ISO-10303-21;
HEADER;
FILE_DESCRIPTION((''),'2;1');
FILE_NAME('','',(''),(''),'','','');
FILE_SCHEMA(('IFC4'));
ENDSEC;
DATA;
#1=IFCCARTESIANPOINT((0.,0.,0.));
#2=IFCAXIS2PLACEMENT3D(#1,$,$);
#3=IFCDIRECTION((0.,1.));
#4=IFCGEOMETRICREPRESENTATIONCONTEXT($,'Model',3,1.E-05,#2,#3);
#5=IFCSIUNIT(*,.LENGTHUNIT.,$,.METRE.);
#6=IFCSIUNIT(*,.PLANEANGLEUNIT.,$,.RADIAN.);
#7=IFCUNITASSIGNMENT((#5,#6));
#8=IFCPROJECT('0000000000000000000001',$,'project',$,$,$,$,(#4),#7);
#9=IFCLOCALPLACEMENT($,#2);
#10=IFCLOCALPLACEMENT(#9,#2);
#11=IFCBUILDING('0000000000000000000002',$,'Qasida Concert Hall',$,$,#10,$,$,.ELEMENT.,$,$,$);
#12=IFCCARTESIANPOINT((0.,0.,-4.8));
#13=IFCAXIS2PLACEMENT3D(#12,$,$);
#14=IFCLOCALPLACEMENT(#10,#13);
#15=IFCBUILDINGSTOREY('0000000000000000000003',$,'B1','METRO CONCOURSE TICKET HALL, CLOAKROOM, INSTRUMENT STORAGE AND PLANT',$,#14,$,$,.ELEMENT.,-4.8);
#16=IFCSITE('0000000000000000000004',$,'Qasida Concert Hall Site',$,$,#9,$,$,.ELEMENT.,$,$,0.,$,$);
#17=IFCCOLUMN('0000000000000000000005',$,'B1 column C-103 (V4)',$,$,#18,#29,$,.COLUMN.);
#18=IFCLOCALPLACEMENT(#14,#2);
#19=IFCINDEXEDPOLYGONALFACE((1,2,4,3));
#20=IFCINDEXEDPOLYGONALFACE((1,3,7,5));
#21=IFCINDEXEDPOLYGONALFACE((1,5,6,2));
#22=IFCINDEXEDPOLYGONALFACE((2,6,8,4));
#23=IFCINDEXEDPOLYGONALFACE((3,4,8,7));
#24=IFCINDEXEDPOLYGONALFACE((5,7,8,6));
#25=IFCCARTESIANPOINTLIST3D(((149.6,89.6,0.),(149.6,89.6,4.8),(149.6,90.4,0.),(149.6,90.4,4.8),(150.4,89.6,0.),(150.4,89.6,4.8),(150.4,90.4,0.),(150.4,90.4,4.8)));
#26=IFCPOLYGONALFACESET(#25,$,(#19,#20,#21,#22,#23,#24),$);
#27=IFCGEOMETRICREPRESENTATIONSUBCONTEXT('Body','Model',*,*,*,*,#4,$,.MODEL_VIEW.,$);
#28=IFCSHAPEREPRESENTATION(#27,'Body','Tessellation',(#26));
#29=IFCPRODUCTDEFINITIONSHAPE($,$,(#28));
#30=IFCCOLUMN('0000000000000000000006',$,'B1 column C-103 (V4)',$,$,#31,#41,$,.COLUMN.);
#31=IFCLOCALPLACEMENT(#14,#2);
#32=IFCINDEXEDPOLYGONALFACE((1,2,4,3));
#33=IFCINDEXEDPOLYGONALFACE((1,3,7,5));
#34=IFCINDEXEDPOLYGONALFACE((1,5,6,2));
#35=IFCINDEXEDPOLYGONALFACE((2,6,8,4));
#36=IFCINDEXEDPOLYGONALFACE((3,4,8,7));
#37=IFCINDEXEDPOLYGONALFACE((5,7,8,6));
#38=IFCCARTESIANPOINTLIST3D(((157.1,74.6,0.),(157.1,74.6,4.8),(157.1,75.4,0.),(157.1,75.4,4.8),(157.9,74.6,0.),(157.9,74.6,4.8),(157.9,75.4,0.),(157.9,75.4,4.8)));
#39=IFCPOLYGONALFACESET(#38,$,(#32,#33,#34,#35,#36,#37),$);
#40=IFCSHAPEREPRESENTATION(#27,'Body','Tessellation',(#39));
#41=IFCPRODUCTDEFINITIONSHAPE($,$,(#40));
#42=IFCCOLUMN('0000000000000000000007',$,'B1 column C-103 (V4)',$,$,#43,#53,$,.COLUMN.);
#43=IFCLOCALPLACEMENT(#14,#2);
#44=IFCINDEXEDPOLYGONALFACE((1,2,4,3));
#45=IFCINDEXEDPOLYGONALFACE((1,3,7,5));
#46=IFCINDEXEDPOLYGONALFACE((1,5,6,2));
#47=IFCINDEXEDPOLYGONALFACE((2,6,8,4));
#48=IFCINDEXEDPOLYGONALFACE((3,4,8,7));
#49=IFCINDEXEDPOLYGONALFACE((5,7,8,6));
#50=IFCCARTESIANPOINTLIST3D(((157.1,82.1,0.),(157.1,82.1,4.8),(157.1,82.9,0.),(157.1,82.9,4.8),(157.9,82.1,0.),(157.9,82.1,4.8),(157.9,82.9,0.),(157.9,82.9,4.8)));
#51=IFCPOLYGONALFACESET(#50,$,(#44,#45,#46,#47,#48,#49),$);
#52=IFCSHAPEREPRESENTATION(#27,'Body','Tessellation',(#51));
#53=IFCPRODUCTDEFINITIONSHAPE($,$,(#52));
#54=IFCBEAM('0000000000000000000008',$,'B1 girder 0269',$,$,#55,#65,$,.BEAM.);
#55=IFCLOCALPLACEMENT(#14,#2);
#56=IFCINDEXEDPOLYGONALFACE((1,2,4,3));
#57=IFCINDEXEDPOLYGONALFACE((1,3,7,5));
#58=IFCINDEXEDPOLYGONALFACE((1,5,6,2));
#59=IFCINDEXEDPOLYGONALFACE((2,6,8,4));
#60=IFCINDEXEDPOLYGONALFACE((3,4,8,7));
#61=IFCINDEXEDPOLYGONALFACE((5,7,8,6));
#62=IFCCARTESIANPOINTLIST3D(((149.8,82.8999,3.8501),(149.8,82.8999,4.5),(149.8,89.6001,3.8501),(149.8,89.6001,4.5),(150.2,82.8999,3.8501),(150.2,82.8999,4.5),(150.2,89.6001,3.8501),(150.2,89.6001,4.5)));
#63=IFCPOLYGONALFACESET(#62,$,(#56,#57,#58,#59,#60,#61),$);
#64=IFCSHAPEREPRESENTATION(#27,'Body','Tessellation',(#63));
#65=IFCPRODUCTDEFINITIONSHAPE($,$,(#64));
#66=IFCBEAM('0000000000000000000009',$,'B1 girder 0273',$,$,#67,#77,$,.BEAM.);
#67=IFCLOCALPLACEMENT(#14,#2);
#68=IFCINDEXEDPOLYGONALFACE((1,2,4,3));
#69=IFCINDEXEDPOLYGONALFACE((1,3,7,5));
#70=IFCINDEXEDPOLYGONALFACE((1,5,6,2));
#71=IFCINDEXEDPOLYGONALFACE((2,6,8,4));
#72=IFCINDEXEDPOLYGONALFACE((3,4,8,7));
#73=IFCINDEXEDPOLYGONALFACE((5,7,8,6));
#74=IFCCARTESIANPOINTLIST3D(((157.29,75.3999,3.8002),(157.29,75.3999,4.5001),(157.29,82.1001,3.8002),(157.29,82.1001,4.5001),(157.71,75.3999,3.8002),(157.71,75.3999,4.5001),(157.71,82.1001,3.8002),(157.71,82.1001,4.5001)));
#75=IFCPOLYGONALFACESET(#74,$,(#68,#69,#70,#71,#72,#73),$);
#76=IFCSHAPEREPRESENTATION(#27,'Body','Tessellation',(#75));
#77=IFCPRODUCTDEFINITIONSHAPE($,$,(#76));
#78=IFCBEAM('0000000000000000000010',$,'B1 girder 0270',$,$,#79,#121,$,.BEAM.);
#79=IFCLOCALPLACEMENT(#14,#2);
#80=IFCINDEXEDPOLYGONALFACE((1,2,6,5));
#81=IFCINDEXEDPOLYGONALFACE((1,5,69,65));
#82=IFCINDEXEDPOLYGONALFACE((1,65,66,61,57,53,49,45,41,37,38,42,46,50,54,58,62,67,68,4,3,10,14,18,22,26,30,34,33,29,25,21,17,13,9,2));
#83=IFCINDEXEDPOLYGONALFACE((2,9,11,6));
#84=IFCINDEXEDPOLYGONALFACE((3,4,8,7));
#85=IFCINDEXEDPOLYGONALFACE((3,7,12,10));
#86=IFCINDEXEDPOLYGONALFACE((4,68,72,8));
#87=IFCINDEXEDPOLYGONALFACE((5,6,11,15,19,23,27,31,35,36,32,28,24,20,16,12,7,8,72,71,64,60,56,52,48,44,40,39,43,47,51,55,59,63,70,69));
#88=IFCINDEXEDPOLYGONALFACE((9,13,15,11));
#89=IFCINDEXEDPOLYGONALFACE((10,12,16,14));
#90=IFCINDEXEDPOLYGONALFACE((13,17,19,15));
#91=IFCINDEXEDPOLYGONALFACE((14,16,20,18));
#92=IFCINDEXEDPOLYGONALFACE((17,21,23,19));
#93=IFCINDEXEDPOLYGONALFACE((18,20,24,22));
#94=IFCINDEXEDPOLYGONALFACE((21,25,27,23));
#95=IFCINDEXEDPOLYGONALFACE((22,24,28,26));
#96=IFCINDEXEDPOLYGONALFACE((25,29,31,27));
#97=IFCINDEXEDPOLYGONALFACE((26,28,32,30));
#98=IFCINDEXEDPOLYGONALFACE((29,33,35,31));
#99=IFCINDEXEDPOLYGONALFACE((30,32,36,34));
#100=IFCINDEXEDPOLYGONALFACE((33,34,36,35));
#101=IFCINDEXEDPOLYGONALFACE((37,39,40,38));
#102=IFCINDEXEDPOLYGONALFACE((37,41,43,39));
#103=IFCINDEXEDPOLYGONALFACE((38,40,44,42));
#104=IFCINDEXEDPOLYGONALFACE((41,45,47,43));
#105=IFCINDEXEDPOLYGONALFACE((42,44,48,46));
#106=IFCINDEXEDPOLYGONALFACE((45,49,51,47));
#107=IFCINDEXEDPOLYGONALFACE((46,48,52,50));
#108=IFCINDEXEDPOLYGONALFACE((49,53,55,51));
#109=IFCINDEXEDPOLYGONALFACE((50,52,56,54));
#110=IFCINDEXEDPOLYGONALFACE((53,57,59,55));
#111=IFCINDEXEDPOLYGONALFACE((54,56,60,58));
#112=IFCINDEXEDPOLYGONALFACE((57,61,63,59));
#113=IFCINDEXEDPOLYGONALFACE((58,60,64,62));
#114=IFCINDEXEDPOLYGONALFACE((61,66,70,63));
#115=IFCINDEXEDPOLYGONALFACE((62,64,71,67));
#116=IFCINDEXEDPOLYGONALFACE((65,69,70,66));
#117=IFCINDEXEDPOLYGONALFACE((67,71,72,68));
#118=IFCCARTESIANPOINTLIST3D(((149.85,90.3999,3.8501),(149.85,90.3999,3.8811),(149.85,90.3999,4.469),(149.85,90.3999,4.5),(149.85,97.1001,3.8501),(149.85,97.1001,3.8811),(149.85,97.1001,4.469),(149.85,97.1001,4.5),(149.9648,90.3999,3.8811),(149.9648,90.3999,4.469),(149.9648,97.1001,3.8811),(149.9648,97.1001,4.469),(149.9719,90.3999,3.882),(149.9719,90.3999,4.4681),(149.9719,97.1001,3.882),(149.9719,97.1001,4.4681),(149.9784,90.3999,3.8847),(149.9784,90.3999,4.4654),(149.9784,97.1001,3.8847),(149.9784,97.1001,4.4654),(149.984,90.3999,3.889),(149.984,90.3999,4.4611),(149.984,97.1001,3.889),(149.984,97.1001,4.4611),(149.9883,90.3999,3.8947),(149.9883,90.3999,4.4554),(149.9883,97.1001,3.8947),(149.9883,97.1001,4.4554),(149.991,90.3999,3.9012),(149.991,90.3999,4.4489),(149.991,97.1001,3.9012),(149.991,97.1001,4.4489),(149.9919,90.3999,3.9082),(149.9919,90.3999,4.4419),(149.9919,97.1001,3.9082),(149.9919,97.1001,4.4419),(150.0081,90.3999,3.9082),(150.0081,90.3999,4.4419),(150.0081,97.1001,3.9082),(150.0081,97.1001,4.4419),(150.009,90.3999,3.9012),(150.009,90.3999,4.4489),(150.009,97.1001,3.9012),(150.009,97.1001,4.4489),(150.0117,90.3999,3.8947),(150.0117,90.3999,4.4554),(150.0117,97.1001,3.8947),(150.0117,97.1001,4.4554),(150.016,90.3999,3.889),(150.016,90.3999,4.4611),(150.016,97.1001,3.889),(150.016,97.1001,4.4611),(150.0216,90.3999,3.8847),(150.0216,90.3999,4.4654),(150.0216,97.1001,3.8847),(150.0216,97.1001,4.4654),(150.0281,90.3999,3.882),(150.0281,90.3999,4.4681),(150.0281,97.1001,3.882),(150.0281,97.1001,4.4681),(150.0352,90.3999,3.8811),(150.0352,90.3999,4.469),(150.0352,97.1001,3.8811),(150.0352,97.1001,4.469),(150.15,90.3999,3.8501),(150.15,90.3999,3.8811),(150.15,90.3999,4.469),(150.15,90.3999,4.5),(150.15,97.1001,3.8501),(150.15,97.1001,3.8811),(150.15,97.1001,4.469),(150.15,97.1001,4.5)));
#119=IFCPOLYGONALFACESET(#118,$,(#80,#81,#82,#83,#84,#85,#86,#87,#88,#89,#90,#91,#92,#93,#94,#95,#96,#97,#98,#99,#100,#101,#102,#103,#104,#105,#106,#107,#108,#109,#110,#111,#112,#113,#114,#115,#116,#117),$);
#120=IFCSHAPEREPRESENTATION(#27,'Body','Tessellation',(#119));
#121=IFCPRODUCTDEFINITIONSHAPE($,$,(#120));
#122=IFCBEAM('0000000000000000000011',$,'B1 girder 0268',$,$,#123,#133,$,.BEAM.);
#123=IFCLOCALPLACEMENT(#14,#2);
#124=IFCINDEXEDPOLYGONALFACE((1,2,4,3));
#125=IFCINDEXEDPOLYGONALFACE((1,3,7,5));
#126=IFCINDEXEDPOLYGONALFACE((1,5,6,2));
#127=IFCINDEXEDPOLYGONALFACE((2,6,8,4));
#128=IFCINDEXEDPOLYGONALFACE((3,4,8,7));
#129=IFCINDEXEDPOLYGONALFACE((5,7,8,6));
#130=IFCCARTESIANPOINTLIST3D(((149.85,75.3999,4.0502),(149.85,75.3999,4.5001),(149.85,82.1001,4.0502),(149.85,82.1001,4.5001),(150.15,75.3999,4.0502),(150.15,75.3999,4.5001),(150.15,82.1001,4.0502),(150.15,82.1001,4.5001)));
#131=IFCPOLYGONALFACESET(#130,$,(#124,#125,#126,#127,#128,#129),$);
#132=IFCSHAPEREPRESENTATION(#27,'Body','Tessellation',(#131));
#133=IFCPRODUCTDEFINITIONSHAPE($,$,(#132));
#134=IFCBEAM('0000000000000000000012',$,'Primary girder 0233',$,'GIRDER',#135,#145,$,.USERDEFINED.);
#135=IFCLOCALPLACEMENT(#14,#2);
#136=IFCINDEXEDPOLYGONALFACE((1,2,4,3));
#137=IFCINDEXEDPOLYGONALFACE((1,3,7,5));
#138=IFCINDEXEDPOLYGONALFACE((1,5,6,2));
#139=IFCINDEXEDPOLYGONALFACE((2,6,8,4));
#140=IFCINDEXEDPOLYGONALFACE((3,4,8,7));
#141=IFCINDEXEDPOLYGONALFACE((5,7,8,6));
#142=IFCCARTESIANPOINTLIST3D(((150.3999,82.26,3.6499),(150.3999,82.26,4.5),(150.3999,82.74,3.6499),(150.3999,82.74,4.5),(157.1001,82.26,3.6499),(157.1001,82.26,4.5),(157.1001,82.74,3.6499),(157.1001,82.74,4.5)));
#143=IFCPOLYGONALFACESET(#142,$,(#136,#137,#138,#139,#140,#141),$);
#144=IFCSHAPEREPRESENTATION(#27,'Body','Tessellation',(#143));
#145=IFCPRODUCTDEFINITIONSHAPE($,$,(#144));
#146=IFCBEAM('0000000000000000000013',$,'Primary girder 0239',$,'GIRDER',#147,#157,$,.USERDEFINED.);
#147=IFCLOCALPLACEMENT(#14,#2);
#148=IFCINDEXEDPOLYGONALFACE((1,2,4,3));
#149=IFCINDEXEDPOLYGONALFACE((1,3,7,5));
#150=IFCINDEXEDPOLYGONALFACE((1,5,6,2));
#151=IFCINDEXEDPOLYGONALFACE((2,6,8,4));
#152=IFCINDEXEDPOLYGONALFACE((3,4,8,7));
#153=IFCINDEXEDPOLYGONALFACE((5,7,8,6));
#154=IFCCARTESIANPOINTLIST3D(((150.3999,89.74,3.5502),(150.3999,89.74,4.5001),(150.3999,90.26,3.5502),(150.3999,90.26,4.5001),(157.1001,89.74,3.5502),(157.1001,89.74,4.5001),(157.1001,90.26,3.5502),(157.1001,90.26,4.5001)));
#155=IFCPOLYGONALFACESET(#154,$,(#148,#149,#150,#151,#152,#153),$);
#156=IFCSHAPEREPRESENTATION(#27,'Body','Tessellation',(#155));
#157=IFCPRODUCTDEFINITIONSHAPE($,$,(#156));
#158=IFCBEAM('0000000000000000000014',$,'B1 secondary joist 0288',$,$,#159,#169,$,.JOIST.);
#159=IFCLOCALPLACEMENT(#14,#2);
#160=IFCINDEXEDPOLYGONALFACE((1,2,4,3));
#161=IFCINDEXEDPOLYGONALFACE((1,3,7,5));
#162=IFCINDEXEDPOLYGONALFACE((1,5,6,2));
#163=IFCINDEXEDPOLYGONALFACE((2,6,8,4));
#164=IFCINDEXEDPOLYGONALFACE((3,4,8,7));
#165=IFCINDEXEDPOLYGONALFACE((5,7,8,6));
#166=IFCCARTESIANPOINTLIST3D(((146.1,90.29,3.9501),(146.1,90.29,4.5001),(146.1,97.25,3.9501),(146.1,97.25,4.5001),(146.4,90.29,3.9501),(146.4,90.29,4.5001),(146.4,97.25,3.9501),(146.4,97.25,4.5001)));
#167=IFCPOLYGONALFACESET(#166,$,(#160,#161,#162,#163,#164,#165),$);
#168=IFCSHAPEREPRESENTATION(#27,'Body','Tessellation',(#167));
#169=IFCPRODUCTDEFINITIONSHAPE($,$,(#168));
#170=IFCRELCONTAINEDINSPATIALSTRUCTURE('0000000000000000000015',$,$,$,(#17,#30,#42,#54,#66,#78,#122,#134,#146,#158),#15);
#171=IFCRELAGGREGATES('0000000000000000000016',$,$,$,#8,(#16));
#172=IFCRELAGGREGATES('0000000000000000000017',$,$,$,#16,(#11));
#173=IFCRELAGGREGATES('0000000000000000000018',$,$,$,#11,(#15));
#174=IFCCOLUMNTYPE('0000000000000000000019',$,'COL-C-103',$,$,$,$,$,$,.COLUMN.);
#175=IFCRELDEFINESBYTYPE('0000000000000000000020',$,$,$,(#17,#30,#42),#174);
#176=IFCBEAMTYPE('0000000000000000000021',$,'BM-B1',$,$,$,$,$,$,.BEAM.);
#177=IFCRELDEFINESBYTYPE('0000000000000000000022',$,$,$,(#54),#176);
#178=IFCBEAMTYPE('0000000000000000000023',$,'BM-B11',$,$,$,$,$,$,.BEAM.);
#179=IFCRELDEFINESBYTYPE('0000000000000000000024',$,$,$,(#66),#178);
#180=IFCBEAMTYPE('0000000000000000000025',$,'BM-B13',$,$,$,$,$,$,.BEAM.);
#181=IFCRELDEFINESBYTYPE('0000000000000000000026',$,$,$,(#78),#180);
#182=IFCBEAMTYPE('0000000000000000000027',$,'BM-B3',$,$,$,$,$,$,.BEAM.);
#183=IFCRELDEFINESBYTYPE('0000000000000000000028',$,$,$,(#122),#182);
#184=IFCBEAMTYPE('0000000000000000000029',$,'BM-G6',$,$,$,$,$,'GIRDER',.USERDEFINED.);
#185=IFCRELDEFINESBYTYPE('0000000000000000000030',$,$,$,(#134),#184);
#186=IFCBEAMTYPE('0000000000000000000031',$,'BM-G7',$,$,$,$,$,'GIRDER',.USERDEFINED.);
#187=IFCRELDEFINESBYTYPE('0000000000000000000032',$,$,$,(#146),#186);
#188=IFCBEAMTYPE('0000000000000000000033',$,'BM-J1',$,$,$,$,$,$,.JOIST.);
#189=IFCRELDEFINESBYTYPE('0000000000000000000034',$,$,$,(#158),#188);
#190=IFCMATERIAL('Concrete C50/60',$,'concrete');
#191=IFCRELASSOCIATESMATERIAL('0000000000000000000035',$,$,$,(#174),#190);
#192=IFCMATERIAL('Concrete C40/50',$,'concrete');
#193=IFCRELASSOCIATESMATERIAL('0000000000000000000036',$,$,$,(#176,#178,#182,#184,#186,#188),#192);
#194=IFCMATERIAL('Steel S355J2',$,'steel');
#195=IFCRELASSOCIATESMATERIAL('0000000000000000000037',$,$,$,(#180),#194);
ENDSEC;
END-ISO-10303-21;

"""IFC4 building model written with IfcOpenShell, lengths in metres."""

from ifc_helpers import new_model, si_unit, direction, frame, origin, origin_2d, place, context, subcontext, project, spatial, rectangle, i_section, extrude, material, material_profile, profile_set, type_object, element, save


model = new_model("IFC4")

# Units and contexts
model_context = context("Model", 3, precision=1e-05, world=origin(), true_north=direction((0.0, 1.0)))
body_context = subcontext(model_context, "Body", "Model", "MODEL_VIEW")
ifc_project = project(units=[si_unit("LENGTHUNIT", "METRE"), si_unit("PLANEANGLEUNIT", "RADIAN")], contexts=[model_context])

# Site, building, storey
site_placement = place(None, origin())
site = spatial("IfcSite", under=ifc_project, at=site_placement, Name="Qasida Concert Hall Site", CompositionType="ELEMENT", RefElevation=0.0)
building_placement = place(site_placement, origin())
building = spatial("IfcBuilding", under=site, at=building_placement, Name="Qasida Concert Hall", CompositionType="ELEMENT")
storey_placement = place(building_placement, frame((0.0, 0.0, -4.8)))
storey = spatial("IfcBuildingStorey", under=building, at=storey_placement, Name="B1", Description="METRO CONCOURSE TICKET HALL, CLOAKROOM, INSTRUMENT STORAGE AND PLANT", CompositionType="ELEMENT", Elevation=-4.8)

# Shared definitions
ifc_material_1 = material(Name="Concrete C40/50", Category="concrete")

# Columns
ifc_material_2 = material(Name="Concrete C50/60", Category="concrete")
ifc_material_profile_1 = material_profile(ifc_material_2, rectangle(XDim=0.8, YDim=0.8, at=origin_2d()), Name="RC 800x800")
ifc_profile_set_1 = profile_set([ifc_material_profile_1], Name="Concrete C50/60")
column_type = type_object("IfcColumnType", Name="COL-C-103", PredefinedType="COLUMN", material=ifc_profile_set_1)
for number, where, z_axis, x_axis, name in (
    (1, (150.0, 90.0, 0.0), (0.0, 0.0, 1.0), (1.0, 0.0, 0.0), "B1 column C-103 (V4)"),
    (2, (157.5, 75.0, 0.0), (0.0, 0.0, 1.0), (1.0, 0.0, 0.0), "B1 column C-103 (V4)"),
    (3, (157.5, 82.5, 0.0), (0.0, 0.0, 1.0), (1.0, 0.0, 0.0), "B1 column C-103 (V4)"),
):
    element("IfcColumn", number, at=place(storey_placement, frame(where, z_axis=z_axis, x_axis=x_axis)), inside=storey, type_object=column_type, Name=name, PredefinedType="COLUMN", context=body_context, shape_type="SweptSolid", body=[
        extrude(rectangle(XDim=0.8, YDim=0.8, at=origin_2d()), origin(), (0.0, 0.0, 1.0), 4.8),
    ])

# Beams
ifc_material_profile_2 = material_profile(ifc_material_1, rectangle(XDim=0.3999, YDim=0.6499, at=origin_2d()), Name="RC 400x650")
ifc_profile_set_2 = profile_set([ifc_material_profile_2], Name="Concrete C40/50")
beam_type_1 = type_object("IfcBeamType", Name="BM-B1", PredefinedType="BEAM", material=ifc_profile_set_2)
beam_1_placement = place(storey_placement, frame((150.0, 82.8999, 4.175), z_axis=(0.0, 1.0, 0.0), x_axis=(-1.0, 0.0, 0.0)))
element("IfcBeam", 4, at=beam_1_placement, inside=storey, type_object=beam_type_1, Name="B1 girder 0269", PredefinedType="BEAM", context=body_context, shape_type="SweptSolid", body=[
    extrude(rectangle(XDim=0.3999, YDim=0.6499, at=origin_2d()), origin(), (0.0, 0.0, 1.0), 6.7002),
])
ifc_material_profile_3 = material_profile(ifc_material_1, rectangle(XDim=0.4199, YDim=0.7, at=origin_2d()), Name="RC 420x700")
ifc_profile_set_3 = profile_set([ifc_material_profile_3], Name="Concrete C40/50")
beam_type_2 = type_object("IfcBeamType", Name="BM-B11", PredefinedType="BEAM", material=ifc_profile_set_3)
beam_2_placement = place(storey_placement, frame((157.5, 75.3999, 4.1501), z_axis=(0.0, 1.0, 0.0), x_axis=(-1.0, 0.0, 0.0)))
element("IfcBeam", 5, at=beam_2_placement, inside=storey, type_object=beam_type_2, Name="B1 girder 0273", PredefinedType="BEAM", context=body_context, shape_type="SweptSolid", body=[
    extrude(rectangle(XDim=0.4199, YDim=0.7, at=origin_2d()), origin(), (0.0, 0.0, 1.0), 6.7002),
])
ifc_material_3 = material(Name="Steel S355J2", Category="steel")
ifc_material_profile_4 = material_profile(ifc_material_3, i_section(OverallWidth=0.3, OverallDepth=0.6499, WebThickness=0.0161, FlangeThickness=0.031, FilletRadius=0.0271, at=origin_2d()), Name="HEB 650")
ifc_profile_set_4 = profile_set([ifc_material_profile_4], Name="Steel S355J2")
beam_type_3 = type_object("IfcBeamType", Name="BM-B13", PredefinedType="BEAM", material=ifc_profile_set_4)
beam_3_placement = place(storey_placement, frame((150.0, 90.3999, 4.175), z_axis=(0.0, 1.0, 0.0), x_axis=(-1.0, 0.0, 0.0)))
element("IfcBeam", 6, at=beam_3_placement, inside=storey, type_object=beam_type_3, Name="B1 girder 0270", PredefinedType="BEAM", context=body_context, shape_type="SweptSolid", body=[
    extrude(i_section(OverallWidth=0.3, OverallDepth=0.6499, WebThickness=0.0161, FlangeThickness=0.031, FilletRadius=0.0271, at=origin_2d()), origin(), (0.0, 0.0, 1.0), 6.7002),
])
ifc_material_profile_5 = material_profile(ifc_material_1, rectangle(XDim=0.3, YDim=0.45, at=origin_2d()), Name="RC 300x450")
ifc_profile_set_5 = profile_set([ifc_material_profile_5], Name="Concrete C40/50")
beam_type_4 = type_object("IfcBeamType", Name="BM-B3", PredefinedType="BEAM", material=ifc_profile_set_5)
beam_4_placement = place(storey_placement, frame((150.0, 75.3999, 4.2751), z_axis=(0.0, 1.0, 0.0), x_axis=(-1.0, 0.0, 0.0)))
element("IfcBeam", 7, at=beam_4_placement, inside=storey, type_object=beam_type_4, Name="B1 girder 0268", PredefinedType="BEAM", context=body_context, shape_type="SweptSolid", body=[
    extrude(rectangle(XDim=0.3, YDim=0.45, at=origin_2d()), origin(), (0.0, 0.0, 1.0), 6.7002),
])
ifc_material_profile_6 = material_profile(ifc_material_1, rectangle(XDim=0.48, YDim=0.8501, at=origin_2d()), Name="RC 480x850")
ifc_profile_set_6 = profile_set([ifc_material_profile_6], Name="Concrete C40/50")
beam_type_5 = type_object("IfcBeamType", Name="BM-G6", ElementType="GIRDER", PredefinedType="USERDEFINED", material=ifc_profile_set_6)
beam_5_placement = place(storey_placement, frame((150.3999, 82.5, 4.075), z_axis=(1.0, 0.0, 0.0), x_axis=(0.0, 1.0, 0.0)))
element("IfcBeam", 8, at=beam_5_placement, inside=storey, type_object=beam_type_5, Name="Primary girder 0233", ObjectType="GIRDER", PredefinedType="USERDEFINED", context=body_context, shape_type="SweptSolid", body=[
    extrude(rectangle(XDim=0.48, YDim=0.8501, at=origin_2d()), origin(), (0.0, 0.0, 1.0), 6.7002),
])
ifc_material_profile_7 = material_profile(ifc_material_1, rectangle(XDim=0.52, YDim=0.95, at=origin_2d()), Name="RC 520x950")
ifc_profile_set_7 = profile_set([ifc_material_profile_7], Name="Concrete C40/50")
beam_type_6 = type_object("IfcBeamType", Name="BM-G7", ElementType="GIRDER", PredefinedType="USERDEFINED", material=ifc_profile_set_7)
beam_6_placement = place(storey_placement, frame((150.3999, 90.0, 4.0251), z_axis=(1.0, 0.0, 0.0), x_axis=(0.0, 1.0, 0.0)))
element("IfcBeam", 9, at=beam_6_placement, inside=storey, type_object=beam_type_6, Name="Primary girder 0239", ObjectType="GIRDER", PredefinedType="USERDEFINED", context=body_context, shape_type="SweptSolid", body=[
    extrude(rectangle(XDim=0.52, YDim=0.95, at=origin_2d()), origin(), (0.0, 0.0, 1.0), 6.7002),
])
ifc_material_profile_8 = material_profile(ifc_material_1, rectangle(XDim=0.3, YDim=0.55, at=origin_2d()), Name="RC 300x550")
ifc_profile_set_8 = profile_set([ifc_material_profile_8], Name="Concrete C40/50")
beam_type_7 = type_object("IfcBeamType", Name="BM-J1", PredefinedType="JOIST", material=ifc_profile_set_8)
beam_7_placement = place(storey_placement, frame((146.25, 90.29, 4.2251), z_axis=(0.0, 1.0, 0.0), x_axis=(-1.0, 0.0, 0.0)))
element("IfcBeam", 10, at=beam_7_placement, inside=storey, type_object=beam_type_7, Name="B1 secondary joist 0288", PredefinedType="JOIST", context=body_context, shape_type="SweptSolid", body=[
    extrude(rectangle(XDim=0.3, YDim=0.55, at=origin_2d()), origin(), (0.0, 0.0, 1.0), 6.96),
])

save(model, "model.ifc")
